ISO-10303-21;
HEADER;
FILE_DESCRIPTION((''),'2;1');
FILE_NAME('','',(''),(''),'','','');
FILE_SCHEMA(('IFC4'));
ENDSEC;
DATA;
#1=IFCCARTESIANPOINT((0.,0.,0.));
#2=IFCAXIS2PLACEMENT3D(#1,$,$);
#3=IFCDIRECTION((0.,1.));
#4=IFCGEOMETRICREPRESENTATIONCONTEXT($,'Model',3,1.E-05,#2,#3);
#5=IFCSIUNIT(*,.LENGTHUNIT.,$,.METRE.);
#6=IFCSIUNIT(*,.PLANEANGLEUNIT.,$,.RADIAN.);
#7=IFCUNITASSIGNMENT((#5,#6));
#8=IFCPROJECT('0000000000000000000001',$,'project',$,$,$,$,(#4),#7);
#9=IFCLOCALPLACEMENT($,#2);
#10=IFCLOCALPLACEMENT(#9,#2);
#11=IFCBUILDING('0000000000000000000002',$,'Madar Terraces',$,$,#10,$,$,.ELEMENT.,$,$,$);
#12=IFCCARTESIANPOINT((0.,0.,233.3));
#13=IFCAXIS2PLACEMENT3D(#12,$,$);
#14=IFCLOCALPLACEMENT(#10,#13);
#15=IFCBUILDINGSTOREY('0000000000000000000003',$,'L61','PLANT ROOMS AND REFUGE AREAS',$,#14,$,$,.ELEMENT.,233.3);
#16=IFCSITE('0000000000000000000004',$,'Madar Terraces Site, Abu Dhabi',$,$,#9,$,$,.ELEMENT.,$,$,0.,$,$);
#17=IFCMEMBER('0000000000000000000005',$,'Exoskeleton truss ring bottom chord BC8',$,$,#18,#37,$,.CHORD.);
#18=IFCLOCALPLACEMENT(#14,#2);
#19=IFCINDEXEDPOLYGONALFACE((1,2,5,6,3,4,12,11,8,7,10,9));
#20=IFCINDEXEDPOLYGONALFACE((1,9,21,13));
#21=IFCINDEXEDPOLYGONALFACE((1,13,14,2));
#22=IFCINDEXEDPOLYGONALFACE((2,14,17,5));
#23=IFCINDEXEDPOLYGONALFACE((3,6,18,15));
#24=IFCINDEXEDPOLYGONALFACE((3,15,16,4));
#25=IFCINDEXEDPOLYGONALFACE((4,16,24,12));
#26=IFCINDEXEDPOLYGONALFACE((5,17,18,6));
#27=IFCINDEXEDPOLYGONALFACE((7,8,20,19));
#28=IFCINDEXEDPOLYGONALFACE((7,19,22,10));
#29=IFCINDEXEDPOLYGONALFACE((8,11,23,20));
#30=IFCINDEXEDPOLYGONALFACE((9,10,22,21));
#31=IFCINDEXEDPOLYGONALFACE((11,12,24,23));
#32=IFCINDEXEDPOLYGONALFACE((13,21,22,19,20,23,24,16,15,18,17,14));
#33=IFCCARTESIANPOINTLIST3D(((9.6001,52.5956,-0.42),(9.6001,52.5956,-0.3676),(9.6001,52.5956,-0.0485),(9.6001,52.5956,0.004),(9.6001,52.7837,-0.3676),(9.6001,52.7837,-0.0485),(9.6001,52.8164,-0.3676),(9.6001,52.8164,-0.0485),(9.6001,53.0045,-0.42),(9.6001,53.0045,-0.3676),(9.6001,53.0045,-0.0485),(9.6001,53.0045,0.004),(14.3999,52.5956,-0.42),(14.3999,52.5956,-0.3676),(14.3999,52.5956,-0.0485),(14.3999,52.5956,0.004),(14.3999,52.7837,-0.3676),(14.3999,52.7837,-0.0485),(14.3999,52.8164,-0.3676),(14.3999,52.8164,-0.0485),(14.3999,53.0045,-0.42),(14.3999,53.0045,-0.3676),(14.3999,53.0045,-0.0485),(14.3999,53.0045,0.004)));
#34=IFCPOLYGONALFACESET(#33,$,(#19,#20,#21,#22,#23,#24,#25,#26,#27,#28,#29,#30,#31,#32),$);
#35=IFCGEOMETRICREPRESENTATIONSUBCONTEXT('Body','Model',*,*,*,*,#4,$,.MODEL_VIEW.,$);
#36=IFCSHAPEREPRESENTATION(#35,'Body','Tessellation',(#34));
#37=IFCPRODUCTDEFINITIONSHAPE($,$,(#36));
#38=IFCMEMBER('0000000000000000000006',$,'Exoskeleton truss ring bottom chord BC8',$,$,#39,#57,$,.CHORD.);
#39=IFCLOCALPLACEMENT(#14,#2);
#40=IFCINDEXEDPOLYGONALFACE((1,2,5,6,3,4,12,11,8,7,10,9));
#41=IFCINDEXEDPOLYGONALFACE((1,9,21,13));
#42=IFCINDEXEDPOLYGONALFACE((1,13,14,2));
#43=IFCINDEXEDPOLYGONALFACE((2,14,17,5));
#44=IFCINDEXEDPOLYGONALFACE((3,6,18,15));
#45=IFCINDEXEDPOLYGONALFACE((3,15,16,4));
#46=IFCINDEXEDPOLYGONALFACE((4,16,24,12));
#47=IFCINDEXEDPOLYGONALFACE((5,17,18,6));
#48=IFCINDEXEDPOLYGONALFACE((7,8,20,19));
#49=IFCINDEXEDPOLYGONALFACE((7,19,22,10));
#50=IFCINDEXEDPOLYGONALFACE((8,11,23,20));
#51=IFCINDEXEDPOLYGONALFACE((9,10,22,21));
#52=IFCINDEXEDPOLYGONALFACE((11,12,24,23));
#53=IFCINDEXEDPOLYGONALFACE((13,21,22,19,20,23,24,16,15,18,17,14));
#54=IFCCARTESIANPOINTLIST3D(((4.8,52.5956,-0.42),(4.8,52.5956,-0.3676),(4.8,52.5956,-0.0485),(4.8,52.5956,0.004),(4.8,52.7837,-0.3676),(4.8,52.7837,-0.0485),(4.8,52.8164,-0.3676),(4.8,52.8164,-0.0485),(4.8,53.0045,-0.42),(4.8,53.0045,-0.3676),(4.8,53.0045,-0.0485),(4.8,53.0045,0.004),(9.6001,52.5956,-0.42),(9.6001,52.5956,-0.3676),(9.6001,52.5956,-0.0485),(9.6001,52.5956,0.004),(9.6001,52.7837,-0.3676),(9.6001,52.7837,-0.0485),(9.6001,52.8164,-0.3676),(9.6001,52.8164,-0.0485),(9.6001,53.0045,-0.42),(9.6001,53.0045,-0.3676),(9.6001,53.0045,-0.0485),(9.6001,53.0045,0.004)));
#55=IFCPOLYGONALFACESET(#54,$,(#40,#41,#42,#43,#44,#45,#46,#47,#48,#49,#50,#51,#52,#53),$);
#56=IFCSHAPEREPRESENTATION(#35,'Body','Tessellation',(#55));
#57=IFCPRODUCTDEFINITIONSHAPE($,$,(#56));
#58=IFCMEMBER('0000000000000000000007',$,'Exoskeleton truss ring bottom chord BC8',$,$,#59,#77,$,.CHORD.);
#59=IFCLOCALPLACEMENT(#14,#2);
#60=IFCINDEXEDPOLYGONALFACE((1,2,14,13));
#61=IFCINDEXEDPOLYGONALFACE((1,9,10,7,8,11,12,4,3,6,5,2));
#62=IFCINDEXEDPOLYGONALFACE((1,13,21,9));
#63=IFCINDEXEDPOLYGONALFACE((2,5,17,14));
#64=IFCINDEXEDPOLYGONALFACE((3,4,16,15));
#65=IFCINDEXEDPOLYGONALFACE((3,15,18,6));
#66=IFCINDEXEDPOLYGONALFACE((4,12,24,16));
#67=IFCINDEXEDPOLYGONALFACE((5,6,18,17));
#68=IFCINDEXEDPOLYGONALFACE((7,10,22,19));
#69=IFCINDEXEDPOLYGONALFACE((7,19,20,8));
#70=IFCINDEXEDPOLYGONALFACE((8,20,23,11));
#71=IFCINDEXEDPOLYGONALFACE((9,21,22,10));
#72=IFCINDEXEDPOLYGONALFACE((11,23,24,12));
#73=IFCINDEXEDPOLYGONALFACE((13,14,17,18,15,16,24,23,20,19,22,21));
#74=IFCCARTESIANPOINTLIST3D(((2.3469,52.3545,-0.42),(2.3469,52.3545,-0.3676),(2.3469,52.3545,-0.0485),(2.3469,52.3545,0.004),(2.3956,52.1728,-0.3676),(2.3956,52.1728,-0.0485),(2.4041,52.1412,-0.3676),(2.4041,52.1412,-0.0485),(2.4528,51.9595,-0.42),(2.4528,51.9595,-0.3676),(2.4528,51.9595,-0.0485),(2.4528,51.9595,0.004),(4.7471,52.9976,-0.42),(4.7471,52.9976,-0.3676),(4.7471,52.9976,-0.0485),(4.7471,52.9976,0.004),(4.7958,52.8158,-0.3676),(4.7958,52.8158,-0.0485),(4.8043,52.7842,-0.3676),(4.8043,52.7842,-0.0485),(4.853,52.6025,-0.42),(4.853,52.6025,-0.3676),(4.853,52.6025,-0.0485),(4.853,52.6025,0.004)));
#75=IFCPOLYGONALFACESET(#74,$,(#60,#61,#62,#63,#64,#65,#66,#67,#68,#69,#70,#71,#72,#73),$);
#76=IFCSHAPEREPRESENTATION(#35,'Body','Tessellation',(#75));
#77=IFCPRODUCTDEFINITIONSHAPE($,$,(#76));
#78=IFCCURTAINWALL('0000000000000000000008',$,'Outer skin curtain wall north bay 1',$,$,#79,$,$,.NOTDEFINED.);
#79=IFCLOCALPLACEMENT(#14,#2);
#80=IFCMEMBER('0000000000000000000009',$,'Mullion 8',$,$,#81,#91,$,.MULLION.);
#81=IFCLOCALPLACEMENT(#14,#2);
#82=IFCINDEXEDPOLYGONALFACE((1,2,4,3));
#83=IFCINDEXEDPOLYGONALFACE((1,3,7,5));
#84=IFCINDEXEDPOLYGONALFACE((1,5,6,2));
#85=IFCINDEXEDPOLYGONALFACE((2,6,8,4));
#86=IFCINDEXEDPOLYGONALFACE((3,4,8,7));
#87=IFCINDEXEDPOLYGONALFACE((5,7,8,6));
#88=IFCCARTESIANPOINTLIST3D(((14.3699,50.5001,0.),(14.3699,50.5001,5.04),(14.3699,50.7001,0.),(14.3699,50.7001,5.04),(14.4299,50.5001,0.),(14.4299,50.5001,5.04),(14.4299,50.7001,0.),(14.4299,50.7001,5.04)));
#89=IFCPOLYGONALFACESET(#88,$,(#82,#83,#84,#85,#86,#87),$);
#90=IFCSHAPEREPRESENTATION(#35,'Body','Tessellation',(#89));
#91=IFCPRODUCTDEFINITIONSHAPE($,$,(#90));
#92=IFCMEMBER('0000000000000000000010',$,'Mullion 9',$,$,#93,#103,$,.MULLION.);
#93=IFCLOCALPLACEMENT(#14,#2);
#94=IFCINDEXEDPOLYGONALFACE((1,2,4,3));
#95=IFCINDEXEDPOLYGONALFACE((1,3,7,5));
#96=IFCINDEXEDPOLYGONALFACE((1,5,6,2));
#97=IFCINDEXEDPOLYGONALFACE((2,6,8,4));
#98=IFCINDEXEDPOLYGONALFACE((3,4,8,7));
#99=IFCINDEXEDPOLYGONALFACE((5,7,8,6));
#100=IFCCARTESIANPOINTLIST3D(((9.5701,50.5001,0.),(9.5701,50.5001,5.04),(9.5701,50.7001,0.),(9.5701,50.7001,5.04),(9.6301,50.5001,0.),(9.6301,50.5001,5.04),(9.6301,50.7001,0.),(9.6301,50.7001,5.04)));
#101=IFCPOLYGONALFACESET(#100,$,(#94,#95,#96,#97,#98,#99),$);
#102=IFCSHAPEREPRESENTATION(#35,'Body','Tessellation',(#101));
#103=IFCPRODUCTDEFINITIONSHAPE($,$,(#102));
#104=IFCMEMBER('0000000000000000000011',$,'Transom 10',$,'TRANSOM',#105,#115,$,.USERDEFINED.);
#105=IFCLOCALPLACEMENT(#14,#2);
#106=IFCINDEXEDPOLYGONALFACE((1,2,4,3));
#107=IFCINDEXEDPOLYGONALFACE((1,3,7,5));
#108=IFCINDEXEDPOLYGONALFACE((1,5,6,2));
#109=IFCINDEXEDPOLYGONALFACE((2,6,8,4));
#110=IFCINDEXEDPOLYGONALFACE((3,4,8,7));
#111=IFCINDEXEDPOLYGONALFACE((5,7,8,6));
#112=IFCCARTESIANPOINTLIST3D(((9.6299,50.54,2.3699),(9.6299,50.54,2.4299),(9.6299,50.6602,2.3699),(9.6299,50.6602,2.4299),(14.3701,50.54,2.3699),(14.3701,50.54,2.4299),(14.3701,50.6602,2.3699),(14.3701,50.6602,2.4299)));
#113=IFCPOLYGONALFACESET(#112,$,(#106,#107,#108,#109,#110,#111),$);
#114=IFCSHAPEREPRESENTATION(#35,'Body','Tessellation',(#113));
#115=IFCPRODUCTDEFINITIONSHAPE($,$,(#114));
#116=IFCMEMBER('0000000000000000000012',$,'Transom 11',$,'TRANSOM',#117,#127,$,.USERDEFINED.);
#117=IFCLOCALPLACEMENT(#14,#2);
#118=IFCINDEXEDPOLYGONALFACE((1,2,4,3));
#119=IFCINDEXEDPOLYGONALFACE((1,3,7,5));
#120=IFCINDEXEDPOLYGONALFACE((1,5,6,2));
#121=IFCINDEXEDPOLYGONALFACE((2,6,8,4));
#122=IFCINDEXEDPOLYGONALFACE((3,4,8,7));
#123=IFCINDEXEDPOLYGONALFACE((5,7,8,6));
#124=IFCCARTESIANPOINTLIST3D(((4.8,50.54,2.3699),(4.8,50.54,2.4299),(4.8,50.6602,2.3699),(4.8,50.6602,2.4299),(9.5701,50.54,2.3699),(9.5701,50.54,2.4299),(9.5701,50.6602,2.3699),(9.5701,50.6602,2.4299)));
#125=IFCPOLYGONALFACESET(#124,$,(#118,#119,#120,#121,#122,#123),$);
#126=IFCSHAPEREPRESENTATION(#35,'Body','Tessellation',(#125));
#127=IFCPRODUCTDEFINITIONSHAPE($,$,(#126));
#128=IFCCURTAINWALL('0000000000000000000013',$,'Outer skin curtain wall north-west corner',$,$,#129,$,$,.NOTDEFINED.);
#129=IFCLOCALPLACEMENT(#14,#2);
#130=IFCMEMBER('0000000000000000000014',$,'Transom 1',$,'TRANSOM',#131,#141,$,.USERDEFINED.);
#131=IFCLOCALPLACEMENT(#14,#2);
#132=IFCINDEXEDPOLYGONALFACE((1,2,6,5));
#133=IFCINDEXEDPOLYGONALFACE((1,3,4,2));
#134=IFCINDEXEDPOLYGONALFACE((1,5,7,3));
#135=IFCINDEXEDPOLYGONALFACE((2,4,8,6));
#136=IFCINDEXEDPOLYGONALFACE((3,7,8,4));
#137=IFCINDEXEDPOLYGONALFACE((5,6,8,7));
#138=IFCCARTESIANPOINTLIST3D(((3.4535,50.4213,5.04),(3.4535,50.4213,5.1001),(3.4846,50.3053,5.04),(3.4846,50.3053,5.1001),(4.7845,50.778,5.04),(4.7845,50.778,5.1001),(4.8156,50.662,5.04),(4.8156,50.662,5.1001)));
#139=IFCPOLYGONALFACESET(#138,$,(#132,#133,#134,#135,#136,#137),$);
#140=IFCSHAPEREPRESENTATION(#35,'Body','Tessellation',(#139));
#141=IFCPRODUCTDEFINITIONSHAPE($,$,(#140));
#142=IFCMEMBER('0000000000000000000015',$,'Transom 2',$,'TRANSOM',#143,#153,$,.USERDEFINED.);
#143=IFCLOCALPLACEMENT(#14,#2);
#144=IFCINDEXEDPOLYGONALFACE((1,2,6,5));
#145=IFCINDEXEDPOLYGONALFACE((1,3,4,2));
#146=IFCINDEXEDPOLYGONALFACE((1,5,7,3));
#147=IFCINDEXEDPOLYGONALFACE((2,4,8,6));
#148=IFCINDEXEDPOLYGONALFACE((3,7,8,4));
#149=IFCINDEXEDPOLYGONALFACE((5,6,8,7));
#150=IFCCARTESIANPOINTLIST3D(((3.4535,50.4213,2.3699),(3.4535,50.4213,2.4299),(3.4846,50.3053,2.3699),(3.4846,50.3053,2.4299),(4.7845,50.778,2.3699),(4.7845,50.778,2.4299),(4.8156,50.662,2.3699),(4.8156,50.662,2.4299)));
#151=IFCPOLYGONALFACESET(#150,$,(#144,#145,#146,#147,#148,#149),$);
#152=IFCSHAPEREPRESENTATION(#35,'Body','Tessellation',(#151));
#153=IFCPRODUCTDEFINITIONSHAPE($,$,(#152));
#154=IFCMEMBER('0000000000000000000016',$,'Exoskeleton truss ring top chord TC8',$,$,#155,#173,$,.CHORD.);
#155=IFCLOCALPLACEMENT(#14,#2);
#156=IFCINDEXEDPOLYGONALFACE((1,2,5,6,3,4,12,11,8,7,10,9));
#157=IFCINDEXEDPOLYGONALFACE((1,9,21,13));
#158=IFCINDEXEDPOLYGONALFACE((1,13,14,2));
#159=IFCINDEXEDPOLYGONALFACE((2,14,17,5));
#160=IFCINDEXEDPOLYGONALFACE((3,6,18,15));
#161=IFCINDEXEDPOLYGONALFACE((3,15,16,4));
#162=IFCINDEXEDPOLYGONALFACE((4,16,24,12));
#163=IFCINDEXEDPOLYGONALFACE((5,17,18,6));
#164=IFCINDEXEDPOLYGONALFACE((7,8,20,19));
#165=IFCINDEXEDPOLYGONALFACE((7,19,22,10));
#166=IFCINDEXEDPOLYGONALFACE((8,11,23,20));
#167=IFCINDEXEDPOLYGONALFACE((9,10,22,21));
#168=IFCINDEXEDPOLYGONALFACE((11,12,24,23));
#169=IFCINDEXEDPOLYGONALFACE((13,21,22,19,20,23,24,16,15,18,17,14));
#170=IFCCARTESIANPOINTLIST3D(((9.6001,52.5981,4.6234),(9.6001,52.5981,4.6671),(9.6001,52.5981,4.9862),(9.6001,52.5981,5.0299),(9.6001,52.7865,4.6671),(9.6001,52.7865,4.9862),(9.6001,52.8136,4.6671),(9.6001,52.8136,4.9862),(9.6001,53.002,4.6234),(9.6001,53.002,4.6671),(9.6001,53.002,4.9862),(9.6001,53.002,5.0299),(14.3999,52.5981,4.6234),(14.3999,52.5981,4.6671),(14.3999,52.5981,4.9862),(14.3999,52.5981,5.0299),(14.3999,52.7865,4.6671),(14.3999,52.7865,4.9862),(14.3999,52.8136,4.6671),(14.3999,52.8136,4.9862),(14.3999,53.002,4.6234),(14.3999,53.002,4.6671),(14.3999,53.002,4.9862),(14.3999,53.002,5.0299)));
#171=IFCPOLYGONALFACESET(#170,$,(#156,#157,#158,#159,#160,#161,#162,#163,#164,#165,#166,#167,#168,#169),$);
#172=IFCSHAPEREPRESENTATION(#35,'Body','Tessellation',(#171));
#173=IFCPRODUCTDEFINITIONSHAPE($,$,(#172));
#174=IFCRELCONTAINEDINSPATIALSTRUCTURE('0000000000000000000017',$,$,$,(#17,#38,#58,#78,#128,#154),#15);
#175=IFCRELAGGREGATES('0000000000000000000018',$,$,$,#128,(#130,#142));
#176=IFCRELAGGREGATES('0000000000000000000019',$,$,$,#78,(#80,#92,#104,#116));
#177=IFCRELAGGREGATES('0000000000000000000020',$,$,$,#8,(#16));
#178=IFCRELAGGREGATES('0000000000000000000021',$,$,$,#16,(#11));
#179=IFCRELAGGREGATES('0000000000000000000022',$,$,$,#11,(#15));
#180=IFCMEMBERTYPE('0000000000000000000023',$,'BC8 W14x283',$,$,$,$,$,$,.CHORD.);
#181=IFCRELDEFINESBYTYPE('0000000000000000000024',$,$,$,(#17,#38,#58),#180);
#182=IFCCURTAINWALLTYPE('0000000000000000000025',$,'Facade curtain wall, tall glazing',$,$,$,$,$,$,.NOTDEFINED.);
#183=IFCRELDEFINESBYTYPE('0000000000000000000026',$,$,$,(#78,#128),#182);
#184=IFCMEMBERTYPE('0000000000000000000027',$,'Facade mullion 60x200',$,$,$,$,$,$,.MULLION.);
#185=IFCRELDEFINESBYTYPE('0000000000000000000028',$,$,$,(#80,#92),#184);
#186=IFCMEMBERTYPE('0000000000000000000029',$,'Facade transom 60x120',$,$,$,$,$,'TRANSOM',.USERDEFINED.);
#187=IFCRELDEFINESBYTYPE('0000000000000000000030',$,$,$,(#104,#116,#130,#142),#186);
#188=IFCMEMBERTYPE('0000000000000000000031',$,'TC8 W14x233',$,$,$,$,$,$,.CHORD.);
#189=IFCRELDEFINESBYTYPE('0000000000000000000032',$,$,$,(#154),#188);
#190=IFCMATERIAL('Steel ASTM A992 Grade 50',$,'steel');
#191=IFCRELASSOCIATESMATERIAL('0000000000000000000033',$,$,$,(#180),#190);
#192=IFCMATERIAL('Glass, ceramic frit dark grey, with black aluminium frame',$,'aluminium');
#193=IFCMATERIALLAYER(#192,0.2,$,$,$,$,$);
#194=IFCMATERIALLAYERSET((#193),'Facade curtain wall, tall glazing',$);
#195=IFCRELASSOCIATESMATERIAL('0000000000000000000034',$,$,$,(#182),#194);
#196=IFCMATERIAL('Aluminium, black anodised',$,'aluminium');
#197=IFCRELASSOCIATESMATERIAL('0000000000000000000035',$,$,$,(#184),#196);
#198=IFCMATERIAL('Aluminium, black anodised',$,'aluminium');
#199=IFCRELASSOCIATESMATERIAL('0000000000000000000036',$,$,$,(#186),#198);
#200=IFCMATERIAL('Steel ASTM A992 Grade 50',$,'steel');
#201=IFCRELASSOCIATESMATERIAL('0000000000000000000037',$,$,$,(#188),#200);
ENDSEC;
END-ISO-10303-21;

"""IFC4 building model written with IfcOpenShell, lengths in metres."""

from ifc_helpers import new_model, si_unit, direction, frame, origin, origin_2d, place, context, subcontext, project, spatial, rectangle, i_section, extrude, material, layer, layer_set, material_profile, profile_set, type_object, element, aggregate, save


model = new_model("IFC4")

# Units and contexts
model_context = context("Model", 3, precision=1e-05, world=origin(), true_north=direction((0.0, 1.0)))
body_context = subcontext(model_context, "Body", "Model", "MODEL_VIEW")
ifc_project = project(units=[si_unit("LENGTHUNIT", "METRE"), si_unit("PLANEANGLEUNIT", "RADIAN")], contexts=[model_context])

# Site, building, storey
site_placement = place(None, origin())
site = spatial("IfcSite", under=ifc_project, at=site_placement, Name="Madar Terraces Site, Abu Dhabi", CompositionType="ELEMENT", RefElevation=0.0)
building_placement = place(site_placement, origin())
building = spatial("IfcBuilding", under=site, at=building_placement, Name="Madar Terraces", CompositionType="ELEMENT")
storey_placement = place(building_placement, frame((0.0, 0.0, 233.3)))
storey = spatial("IfcBuildingStorey", under=building, at=storey_placement, Name="L61", Description="PLANT ROOMS AND REFUGE AREAS", CompositionType="ELEMENT", Elevation=233.3)

# Members
ifc_material_1 = material(Name="Steel ASTM A992 Grade 50", Category="steel")
ifc_material_profile_1 = material_profile(ifc_material_1, i_section(OverallWidth=0.4089, OverallDepth=0.4241, WebThickness=0.0327, FlangeThickness=0.0525, at=origin_2d()), Name="W14x283")
ifc_profile_set_1 = profile_set([ifc_material_profile_1], Name="Steel ASTM A992 Grade 50")
member_type_1 = type_object("IfcMemberType", Name="BC8 W14x283", PredefinedType="CHORD", material=ifc_profile_set_1)
member_1_placement = place(storey_placement, frame((14.3999, 52.8, -0.208), z_axis=(-1.0, 0.0, 0.0), x_axis=(0.0, -1.0, 0.0)))
element("IfcMember", 1, at=member_1_placement, inside=storey, type_object=member_type_1, Name="Exoskeleton truss ring bottom chord BC8", PredefinedType="CHORD", context=body_context, shape_type="SweptSolid", body=[
    extrude(i_section(OverallWidth=0.4089, OverallDepth=0.4241, WebThickness=0.0327, FlangeThickness=0.0525, at=origin_2d()), origin(), (0.0, 0.0, 1.0), 4.7998),
])
member_2_placement = place(storey_placement, frame((9.6001, 52.8, -0.208), z_axis=(-1.0, 0.0, 0.0), x_axis=(0.0, -1.0, 0.0)))
element("IfcMember", 2, at=member_2_placement, inside=storey, type_object=member_type_1, Name="Exoskeleton truss ring bottom chord BC8", PredefinedType="CHORD", context=body_context, shape_type="SweptSolid", body=[
    extrude(i_section(OverallWidth=0.4089, OverallDepth=0.4241, WebThickness=0.0327, FlangeThickness=0.0525, at=origin_2d()), origin(), (0.0, 0.0, 1.0), 4.8),
])
member_3_placement = place(storey_placement, frame((4.8, 52.8, -0.208), z_axis=(-0.965931, -0.2588, 0.0), x_axis=(0.2588, -0.965931, 0.0)))
element("IfcMember", 3, at=member_3_placement, inside=storey, type_object=member_type_1, Name="Exoskeleton truss ring bottom chord BC8", PredefinedType="CHORD", context=body_context, shape_type="SweptSolid", body=[
    extrude(i_section(OverallWidth=0.4089, OverallDepth=0.4241, WebThickness=0.0327, FlangeThickness=0.0525, at=origin_2d()), origin(), (0.0, 0.0, 1.0), 2.4849),
])

# Curtain walls, members
ifc_material_2 = material(Name="Glass, ceramic frit dark grey, with black aluminium frame", Category="aluminium")
ifc_layer_1 = layer(ifc_material_2, 0.2)
ifc_layer_set_1 = layer_set([ifc_layer_1], Name="Facade curtain wall, tall glazing")
curtain_wall_type = type_object("IfcCurtainWallType", Name="Facade curtain wall, tall glazing", PredefinedType="NOTDEFINED", material=ifc_layer_set_1)
curtain_wall_1_placement = place(storey_placement, origin())
curtain_wall_1 = element("IfcCurtainWall", 4, at=curtain_wall_1_placement, inside=storey, type_object=curtain_wall_type, Name="Outer skin curtain wall north bay 1", PredefinedType="NOTDEFINED")
ifc_material_3 = material(Name="Aluminium, black anodised", Category="aluminium")
ifc_material_profile_2 = material_profile(ifc_material_3, rectangle(XDim=0.2, YDim=0.0601, at=origin_2d()), Name="Facade mullion 60x200")
ifc_profile_set_2 = profile_set([ifc_material_profile_2], Name="Aluminium, black anodised")
member_type_2 = type_object("IfcMemberType", Name="Facade mullion 60x200", PredefinedType="MULLION", material=ifc_profile_set_2)
member_4_placement = place(storey_placement, frame((14.3999, 50.6001, 0.0), z_axis=(0.0, 0.0, 1.0), x_axis=(0.0, -1.0, 0.0)))
member_4 = element("IfcMember", 5, at=member_4_placement, type_object=member_type_2, Name="Mullion 8", PredefinedType="MULLION", context=body_context, shape_type="SweptSolid", body=[
    extrude(rectangle(XDim=0.2, YDim=0.0601, at=origin_2d()), origin(), (0.0, 0.0, 1.0), 5.04),
])
member_5_placement = place(storey_placement, frame((9.6001, 50.6001, 0.0), z_axis=(0.0, 0.0, 1.0), x_axis=(0.0, -1.0, 0.0)))
member_5 = element("IfcMember", 6, at=member_5_placement, type_object=member_type_2, Name="Mullion 9", PredefinedType="MULLION", context=body_context, shape_type="SweptSolid", body=[
    extrude(rectangle(XDim=0.2, YDim=0.0601, at=origin_2d()), origin(), (0.0, 0.0, 1.0), 5.04),
])
ifc_material_4 = material(Name="Aluminium, black anodised", Category="aluminium")
ifc_material_profile_3 = material_profile(ifc_material_4, rectangle(XDim=0.1201, YDim=0.0601, at=origin_2d()), Name="Facade transom 60x120")
ifc_profile_set_3 = profile_set([ifc_material_profile_3], Name="Aluminium, black anodised")
member_type_3 = type_object("IfcMemberType", Name="Facade transom 60x120", ElementType="TRANSOM", PredefinedType="USERDEFINED", material=ifc_profile_set_3)
member_6_placement = place(storey_placement, frame((14.3701, 50.6001, 2.3999), z_axis=(-1.0, 0.0, 0.0), x_axis=(0.0, -1.0, 0.0)))
member_6 = element("IfcMember", 7, at=member_6_placement, type_object=member_type_3, Name="Transom 10", ObjectType="TRANSOM", PredefinedType="USERDEFINED", context=body_context, shape_type="SweptSolid", body=[
    extrude(rectangle(XDim=0.1201, YDim=0.0601, at=origin_2d()), origin(), (0.0, 0.0, 1.0), 4.7402),
])
member_7_placement = place(storey_placement, frame((9.5701, 50.6001, 2.3999), z_axis=(-1.0, 0.0, 0.0), x_axis=(0.0, -1.0, 0.0)))
member_7 = element("IfcMember", 8, at=member_7_placement, type_object=member_type_3, Name="Transom 11", ObjectType="TRANSOM", PredefinedType="USERDEFINED", context=body_context, shape_type="SweptSolid", body=[
    extrude(rectangle(XDim=0.1201, YDim=0.0601, at=origin_2d()), origin(), (0.0, 0.0, 1.0), 4.77),
])
curtain_wall_2_placement = place(storey_placement, origin())
curtain_wall_2 = element("IfcCurtainWall", 9, at=curtain_wall_2_placement, inside=storey, type_object=curtain_wall_type, Name="Outer skin curtain wall north-west corner", PredefinedType="NOTDEFINED")
member_8_placement = place(storey_placement, frame((4.8, 50.72, 5.0701), z_axis=(-0.96592, -0.258842, 0.0), x_axis=(0.258842, -0.96592, 0.0)))
member_8 = element("IfcMember", 10, at=member_8_placement, type_object=member_type_3, Name="Transom 1", ObjectType="TRANSOM", PredefinedType="USERDEFINED", context=body_context, shape_type="SweptSolid", body=[
    extrude(rectangle(XDim=0.1201, YDim=0.0601, at=origin_2d()), origin(), (0.0, 0.0, 1.0), 1.3779),
])
member_9_placement = place(storey_placement, frame((4.8, 50.72, 2.3999), z_axis=(-0.96592, -0.258842, 0.0), x_axis=(0.258842, -0.96592, 0.0)))
member_9 = element("IfcMember", 11, at=member_9_placement, type_object=member_type_3, Name="Transom 2", ObjectType="TRANSOM", PredefinedType="USERDEFINED", context=body_context, shape_type="SweptSolid", body=[
    extrude(rectangle(XDim=0.1201, YDim=0.0601, at=origin_2d()), origin(), (0.0, 0.0, 1.0), 1.3779),
])
aggregate(curtain_wall_2, [member_8, member_9])

# Member
ifc_material_5 = material(Name="Steel ASTM A992 Grade 50", Category="steel")
ifc_material_profile_4 = material_profile(ifc_material_5, i_section(OverallWidth=0.4038, OverallDepth=0.4065, WebThickness=0.0271, FlangeThickness=0.0437, at=origin_2d()), Name="W14x233")
ifc_profile_set_4 = profile_set([ifc_material_profile_4], Name="Steel ASTM A992 Grade 50")
member_type_4 = type_object("IfcMemberType", Name="TC8 W14x233", PredefinedType="CHORD", material=ifc_profile_set_4)
member_10_placement = place(storey_placement, frame((14.3999, 52.8, 4.8267), z_axis=(-1.0, 0.0, 0.0), x_axis=(0.0, -1.0, 0.0)))
element("IfcMember", 12, at=member_10_placement, inside=storey, type_object=member_type_4, Name="Exoskeleton truss ring top chord TC8", PredefinedType="CHORD", context=body_context, shape_type="SweptSolid", body=[
    extrude(i_section(OverallWidth=0.4038, OverallDepth=0.4065, WebThickness=0.0271, FlangeThickness=0.0437, at=origin_2d()), origin(), (0.0, 0.0, 1.0), 4.7998),
])

aggregate(curtain_wall_1, [member_4, member_5, member_6, member_7])

save(model, "model.ifc")
